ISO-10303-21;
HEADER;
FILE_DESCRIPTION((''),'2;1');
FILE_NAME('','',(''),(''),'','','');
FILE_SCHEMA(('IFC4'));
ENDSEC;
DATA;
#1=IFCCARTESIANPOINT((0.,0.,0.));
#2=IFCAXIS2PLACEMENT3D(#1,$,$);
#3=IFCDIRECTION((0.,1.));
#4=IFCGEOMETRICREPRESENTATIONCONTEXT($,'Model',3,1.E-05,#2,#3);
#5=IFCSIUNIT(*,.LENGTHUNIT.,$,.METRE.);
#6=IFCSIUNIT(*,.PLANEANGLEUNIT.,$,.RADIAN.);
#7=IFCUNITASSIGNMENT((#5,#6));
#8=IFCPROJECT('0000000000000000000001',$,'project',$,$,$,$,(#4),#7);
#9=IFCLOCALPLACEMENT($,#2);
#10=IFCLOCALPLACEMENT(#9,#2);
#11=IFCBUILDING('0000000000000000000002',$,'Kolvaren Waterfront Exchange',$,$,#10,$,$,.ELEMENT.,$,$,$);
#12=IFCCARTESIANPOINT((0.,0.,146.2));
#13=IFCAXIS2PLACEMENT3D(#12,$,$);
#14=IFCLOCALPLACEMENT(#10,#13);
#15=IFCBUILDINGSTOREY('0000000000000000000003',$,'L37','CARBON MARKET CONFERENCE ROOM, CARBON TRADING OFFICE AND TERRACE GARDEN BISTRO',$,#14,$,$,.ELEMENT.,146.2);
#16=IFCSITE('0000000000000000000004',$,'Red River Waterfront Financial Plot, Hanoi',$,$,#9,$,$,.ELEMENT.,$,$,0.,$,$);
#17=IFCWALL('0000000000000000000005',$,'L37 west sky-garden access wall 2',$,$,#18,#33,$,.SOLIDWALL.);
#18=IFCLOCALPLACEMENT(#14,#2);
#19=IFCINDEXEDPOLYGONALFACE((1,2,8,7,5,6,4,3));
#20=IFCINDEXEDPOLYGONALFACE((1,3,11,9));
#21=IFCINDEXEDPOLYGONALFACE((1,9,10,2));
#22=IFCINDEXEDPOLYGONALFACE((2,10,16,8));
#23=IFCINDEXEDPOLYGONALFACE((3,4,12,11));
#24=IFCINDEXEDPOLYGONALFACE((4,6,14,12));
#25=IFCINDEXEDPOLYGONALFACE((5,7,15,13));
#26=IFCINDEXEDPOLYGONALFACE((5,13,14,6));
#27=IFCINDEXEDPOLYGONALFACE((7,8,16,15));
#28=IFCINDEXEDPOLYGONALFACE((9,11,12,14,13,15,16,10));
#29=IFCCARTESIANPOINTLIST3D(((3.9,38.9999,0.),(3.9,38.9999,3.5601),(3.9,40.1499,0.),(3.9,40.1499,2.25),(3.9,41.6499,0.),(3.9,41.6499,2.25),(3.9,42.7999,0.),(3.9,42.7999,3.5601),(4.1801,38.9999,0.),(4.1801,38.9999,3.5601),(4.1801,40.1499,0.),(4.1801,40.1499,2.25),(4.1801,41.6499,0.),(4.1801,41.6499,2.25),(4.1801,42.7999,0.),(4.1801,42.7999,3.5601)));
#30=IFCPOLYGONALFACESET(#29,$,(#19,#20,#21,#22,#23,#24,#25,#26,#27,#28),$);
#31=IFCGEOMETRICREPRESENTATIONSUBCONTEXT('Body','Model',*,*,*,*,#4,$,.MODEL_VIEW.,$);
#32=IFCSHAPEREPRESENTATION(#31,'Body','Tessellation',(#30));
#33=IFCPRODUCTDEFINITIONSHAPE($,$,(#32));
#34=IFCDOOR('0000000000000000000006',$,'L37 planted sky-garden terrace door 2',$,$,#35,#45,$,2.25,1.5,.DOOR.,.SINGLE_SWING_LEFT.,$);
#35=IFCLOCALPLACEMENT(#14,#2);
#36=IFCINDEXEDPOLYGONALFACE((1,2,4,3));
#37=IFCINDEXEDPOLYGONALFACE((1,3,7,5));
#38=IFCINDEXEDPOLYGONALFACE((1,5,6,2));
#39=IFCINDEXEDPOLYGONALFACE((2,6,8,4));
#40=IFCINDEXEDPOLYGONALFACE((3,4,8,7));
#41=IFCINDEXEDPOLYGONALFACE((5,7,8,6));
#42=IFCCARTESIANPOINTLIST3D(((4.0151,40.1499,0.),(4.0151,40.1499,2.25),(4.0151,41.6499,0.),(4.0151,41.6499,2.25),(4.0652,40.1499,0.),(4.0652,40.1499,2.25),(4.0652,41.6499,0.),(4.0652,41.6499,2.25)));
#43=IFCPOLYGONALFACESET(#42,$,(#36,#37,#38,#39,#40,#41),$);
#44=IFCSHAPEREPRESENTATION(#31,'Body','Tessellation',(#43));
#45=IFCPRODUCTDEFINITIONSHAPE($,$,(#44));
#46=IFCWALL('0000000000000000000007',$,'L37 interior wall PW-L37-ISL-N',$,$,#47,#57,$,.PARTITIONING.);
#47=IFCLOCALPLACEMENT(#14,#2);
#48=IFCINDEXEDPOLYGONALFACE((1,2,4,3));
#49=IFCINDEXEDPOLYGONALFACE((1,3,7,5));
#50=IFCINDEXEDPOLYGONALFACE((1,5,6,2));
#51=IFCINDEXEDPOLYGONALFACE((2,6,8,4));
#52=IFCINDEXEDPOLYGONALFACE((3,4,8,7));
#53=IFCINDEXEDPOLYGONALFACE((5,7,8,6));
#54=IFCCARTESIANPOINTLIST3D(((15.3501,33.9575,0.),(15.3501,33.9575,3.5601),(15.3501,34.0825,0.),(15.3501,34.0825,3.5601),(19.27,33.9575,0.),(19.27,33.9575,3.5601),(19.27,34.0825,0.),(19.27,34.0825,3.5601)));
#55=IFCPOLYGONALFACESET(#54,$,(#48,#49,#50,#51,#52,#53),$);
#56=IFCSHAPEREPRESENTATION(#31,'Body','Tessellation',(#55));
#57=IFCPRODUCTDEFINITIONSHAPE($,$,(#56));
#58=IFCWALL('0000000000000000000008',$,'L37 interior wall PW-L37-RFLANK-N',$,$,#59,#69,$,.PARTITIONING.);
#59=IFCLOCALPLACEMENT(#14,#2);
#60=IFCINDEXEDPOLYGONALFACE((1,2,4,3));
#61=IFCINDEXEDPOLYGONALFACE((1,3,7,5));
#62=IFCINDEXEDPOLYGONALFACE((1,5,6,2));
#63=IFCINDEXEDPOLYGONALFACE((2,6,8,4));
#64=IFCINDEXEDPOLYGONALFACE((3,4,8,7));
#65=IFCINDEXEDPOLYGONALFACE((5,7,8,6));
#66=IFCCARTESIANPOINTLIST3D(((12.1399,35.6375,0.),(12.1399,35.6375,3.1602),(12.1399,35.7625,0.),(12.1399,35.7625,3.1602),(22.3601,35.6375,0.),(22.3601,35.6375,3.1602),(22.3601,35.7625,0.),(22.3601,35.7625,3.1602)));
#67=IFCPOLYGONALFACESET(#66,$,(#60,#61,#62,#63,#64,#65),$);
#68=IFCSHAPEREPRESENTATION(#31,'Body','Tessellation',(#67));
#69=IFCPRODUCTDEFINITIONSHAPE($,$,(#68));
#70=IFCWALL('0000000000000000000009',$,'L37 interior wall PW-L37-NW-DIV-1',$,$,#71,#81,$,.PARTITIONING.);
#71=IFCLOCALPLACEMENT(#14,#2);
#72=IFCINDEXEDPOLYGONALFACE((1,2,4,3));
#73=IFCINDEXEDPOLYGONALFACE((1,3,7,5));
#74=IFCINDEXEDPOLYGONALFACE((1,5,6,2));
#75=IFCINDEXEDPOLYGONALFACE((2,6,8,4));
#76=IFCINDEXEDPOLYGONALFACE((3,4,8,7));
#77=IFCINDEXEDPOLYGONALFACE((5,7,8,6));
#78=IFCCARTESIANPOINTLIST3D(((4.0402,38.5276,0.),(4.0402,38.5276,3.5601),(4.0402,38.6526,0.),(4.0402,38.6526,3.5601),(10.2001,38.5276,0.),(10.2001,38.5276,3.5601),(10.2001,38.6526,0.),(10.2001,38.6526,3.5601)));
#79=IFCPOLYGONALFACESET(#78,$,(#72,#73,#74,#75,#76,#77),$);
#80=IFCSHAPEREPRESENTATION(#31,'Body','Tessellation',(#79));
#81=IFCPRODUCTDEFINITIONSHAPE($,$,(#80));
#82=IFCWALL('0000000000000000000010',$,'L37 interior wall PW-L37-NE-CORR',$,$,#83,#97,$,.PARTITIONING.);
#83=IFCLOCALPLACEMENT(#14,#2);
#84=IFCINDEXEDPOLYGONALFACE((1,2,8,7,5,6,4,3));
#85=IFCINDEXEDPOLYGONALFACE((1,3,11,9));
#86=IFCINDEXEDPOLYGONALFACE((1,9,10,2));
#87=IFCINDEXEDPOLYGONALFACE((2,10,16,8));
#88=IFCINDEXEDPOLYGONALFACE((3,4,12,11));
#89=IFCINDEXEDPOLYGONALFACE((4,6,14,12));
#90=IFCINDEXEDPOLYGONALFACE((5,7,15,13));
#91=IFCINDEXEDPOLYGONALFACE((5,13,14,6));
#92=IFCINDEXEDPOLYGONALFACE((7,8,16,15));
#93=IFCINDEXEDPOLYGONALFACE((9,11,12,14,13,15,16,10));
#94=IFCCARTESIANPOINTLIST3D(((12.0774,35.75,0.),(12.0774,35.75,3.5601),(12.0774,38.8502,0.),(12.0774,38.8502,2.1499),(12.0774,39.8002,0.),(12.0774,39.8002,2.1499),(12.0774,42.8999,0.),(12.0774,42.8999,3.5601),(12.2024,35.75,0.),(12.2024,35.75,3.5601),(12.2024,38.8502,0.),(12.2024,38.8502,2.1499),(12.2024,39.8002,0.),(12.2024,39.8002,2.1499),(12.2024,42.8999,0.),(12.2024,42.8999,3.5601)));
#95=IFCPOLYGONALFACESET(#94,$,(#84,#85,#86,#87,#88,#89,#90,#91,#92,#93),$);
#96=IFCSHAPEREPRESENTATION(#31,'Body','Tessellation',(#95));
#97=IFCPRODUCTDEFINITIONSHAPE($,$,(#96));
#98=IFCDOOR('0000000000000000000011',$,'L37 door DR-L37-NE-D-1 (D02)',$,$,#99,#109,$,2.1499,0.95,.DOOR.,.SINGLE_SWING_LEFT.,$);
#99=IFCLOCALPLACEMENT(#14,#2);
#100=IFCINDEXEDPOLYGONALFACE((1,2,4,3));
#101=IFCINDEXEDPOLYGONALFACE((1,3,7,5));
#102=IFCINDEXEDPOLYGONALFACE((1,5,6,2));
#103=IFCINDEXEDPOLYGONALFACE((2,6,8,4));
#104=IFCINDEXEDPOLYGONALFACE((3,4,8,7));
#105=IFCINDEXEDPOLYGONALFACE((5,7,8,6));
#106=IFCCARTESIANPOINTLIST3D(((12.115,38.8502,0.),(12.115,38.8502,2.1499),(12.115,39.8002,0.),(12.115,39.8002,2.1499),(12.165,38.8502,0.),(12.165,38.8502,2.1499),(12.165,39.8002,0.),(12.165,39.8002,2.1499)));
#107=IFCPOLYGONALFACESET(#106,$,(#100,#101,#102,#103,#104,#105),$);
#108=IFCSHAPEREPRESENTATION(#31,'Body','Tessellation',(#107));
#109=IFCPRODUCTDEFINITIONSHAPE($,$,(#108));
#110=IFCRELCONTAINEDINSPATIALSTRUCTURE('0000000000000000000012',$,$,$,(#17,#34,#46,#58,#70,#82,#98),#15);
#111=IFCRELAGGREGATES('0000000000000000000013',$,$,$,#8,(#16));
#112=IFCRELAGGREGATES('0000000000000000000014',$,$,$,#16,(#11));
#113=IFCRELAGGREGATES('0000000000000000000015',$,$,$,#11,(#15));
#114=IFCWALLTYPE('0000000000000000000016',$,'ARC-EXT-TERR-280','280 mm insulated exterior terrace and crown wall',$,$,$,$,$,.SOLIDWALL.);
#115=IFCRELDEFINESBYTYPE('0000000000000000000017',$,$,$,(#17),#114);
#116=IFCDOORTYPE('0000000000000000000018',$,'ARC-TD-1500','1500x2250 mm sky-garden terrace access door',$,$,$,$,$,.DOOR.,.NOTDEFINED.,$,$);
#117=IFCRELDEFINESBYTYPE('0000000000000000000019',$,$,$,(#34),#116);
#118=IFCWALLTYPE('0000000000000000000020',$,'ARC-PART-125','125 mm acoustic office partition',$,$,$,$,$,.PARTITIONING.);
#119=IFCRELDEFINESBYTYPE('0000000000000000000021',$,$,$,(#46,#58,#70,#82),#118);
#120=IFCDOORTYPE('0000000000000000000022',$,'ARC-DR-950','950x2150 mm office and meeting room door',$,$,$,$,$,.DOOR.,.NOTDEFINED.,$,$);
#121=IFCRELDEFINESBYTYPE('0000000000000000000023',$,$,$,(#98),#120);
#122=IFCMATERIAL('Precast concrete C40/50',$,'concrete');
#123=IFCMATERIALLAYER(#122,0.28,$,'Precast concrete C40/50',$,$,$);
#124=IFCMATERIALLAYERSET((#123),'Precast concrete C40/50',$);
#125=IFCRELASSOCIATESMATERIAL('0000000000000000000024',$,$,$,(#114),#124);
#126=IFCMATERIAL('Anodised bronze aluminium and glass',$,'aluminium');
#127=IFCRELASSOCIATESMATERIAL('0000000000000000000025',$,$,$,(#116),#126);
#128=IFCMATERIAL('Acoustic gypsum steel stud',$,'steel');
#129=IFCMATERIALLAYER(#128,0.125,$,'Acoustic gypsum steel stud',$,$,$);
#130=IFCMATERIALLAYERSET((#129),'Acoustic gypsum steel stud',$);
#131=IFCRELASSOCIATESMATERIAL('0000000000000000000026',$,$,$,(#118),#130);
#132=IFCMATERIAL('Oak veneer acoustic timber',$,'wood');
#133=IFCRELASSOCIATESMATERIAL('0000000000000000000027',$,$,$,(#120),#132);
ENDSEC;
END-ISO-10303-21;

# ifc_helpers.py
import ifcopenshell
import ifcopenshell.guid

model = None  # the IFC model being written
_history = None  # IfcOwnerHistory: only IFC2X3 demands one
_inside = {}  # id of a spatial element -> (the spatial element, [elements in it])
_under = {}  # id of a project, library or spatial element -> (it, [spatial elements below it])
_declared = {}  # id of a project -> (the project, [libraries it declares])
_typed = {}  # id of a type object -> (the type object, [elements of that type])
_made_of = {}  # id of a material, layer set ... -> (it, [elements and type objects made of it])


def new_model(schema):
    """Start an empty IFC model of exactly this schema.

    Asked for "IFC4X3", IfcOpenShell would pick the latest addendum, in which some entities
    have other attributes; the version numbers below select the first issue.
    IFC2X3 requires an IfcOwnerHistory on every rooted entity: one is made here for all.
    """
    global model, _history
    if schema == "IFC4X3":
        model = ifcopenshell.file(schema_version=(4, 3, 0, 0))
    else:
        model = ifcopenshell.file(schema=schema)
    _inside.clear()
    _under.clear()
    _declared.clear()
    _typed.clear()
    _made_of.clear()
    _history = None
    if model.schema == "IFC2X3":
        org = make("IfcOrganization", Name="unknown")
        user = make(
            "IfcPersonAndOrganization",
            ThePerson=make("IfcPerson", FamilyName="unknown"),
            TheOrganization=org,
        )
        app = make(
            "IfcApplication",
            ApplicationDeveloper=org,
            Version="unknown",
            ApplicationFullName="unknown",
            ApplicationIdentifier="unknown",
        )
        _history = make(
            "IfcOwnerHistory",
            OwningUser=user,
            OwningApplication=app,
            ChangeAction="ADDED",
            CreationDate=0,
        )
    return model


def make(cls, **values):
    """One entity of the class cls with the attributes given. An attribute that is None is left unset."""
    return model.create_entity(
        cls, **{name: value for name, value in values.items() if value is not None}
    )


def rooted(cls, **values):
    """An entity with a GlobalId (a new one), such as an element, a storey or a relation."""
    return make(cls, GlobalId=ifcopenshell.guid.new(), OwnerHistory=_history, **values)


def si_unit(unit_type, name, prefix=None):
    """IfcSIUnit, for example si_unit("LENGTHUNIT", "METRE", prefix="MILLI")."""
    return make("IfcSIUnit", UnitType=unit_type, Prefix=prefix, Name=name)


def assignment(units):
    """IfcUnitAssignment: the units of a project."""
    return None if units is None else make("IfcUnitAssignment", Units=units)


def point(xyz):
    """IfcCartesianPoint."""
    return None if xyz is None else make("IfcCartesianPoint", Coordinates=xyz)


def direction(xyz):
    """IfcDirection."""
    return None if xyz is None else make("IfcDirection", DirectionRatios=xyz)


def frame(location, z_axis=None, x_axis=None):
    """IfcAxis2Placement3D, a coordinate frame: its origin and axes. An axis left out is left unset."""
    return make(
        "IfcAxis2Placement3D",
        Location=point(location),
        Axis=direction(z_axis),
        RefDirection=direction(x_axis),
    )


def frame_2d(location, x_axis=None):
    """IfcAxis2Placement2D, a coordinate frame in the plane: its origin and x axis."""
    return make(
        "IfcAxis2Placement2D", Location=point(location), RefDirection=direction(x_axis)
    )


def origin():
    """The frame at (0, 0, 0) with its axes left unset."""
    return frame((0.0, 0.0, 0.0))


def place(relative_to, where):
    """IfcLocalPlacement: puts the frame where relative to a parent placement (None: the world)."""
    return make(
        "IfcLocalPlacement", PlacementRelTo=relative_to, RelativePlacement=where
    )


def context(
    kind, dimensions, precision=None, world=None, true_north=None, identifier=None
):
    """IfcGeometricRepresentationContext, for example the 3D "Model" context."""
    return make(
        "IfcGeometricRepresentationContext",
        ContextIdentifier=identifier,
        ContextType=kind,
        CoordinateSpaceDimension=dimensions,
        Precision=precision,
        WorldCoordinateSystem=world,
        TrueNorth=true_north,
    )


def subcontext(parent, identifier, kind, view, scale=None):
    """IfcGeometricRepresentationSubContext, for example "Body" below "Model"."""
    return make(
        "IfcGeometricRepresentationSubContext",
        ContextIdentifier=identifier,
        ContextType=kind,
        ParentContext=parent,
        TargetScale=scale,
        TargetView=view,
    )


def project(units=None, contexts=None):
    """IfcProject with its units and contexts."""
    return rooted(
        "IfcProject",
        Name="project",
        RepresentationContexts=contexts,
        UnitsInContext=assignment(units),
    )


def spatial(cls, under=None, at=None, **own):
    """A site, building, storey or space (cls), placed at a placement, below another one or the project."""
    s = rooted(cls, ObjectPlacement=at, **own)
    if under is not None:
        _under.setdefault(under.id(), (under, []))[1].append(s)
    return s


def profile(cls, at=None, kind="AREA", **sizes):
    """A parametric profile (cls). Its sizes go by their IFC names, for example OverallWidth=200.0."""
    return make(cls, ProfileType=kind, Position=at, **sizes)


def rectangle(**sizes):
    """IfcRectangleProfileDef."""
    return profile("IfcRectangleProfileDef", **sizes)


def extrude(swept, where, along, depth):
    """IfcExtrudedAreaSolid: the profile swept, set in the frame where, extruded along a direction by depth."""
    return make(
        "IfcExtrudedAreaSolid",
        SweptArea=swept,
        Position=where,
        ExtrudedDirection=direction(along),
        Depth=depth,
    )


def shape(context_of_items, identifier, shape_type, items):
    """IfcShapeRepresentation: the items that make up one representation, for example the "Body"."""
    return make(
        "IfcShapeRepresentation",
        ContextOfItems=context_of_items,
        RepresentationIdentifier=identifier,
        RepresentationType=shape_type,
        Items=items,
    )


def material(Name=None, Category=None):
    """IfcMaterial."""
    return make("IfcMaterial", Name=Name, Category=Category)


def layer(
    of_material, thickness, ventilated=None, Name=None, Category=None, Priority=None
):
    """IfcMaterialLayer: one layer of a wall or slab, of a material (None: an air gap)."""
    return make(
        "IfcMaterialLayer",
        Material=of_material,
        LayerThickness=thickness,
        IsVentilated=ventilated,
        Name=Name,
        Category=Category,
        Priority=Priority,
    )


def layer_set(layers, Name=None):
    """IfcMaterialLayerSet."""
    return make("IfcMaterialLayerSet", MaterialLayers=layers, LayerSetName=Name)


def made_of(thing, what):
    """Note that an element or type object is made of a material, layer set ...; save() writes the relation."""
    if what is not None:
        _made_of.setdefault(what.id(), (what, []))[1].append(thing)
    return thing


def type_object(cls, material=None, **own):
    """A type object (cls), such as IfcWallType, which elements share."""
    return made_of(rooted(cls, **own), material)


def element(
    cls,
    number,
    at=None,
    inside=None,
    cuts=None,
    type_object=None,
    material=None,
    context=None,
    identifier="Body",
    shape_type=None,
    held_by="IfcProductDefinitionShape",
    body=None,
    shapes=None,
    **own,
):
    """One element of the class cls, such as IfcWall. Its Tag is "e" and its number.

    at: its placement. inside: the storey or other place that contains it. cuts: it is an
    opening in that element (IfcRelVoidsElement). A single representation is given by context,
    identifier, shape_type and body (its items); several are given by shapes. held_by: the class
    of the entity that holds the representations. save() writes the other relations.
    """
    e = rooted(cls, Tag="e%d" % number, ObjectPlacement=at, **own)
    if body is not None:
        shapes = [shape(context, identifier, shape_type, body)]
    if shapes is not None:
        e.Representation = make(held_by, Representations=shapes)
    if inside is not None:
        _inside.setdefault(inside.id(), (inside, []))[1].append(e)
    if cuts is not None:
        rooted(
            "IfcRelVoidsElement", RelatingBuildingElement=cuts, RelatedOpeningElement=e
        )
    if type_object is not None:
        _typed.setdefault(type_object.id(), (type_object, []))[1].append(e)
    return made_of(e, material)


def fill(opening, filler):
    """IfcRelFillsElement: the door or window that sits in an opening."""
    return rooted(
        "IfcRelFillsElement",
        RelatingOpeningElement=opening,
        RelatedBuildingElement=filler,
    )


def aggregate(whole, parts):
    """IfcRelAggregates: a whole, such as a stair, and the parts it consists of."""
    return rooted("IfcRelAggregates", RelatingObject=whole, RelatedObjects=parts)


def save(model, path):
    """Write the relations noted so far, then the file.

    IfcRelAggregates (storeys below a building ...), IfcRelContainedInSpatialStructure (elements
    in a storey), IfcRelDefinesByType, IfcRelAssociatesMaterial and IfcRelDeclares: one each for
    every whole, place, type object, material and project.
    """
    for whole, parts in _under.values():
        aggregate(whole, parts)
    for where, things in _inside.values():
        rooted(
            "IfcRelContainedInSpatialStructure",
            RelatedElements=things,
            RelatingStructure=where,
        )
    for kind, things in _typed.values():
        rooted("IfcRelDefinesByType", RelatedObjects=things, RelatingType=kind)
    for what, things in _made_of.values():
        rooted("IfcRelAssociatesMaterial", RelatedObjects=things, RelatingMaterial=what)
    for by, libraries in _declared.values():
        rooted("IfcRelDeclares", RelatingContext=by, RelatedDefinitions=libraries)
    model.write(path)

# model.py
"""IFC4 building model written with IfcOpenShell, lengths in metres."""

from ifc_helpers import new_model, si_unit, direction, frame, frame_2d, origin, place, context, subcontext, project, spatial, rectangle, extrude, material, layer, layer_set, type_object, element, fill, save


model = new_model("IFC4")

# Units and contexts
model_context = context("Model", 3, precision=1e-05, world=origin(), true_north=direction((0.0, 1.0)))
body_context = subcontext(model_context, "Body", "Model", "MODEL_VIEW")
ifc_project = project(units=[si_unit("LENGTHUNIT", "METRE"), si_unit("PLANEANGLEUNIT", "RADIAN")], contexts=[model_context])

# Site, building, storey
site_placement = place(None, origin())
site = spatial("IfcSite", under=ifc_project, at=site_placement, Name="Red River Waterfront Financial Plot, Hanoi", CompositionType="ELEMENT", RefElevation=0.0)
building_placement = place(site_placement, origin())
building = spatial("IfcBuilding", under=site, at=building_placement, Name="Kolvaren Waterfront Exchange", CompositionType="ELEMENT")
storey_placement = place(building_placement, frame((0.0, 0.0, 146.2)))
storey = spatial("IfcBuildingStorey", under=building, at=storey_placement, Name="L37", Description="CARBON MARKET CONFERENCE ROOM, CARBON TRADING OFFICE AND TERRACE GARDEN BISTRO", CompositionType="ELEMENT", Elevation=146.2)

# Wall, opening, door
ifc_material_1 = material(Name="Precast concrete C40/50", Category="concrete")
ifc_layer_1 = layer(ifc_material_1, 0.28, Name="Precast concrete C40/50")
ifc_layer_set_1 = layer_set([ifc_layer_1], Name="Precast concrete C40/50")
wall_type_1 = type_object("IfcWallType", Name="ARC-EXT-TERR-280", Description="280 mm insulated exterior terrace and crown wall", PredefinedType="SOLIDWALL", material=ifc_layer_set_1)
wall_1_placement = place(storey_placement, frame((4.04, 39.0, 0.0), z_axis=(0.0, 0.0, 1.0), x_axis=(0.0, 1.0, 0.0)))
wall_1 = element("IfcWall", 1, at=wall_1_placement, inside=storey, type_object=wall_type_1, Name="L37 west sky-garden access wall 2", PredefinedType="SOLIDWALL", context=body_context, shape_type="SweptSolid", body=[
    extrude(rectangle(XDim=3.8, YDim=0.28, at=frame_2d((1.8999, 0.0))), origin(), (0.0, 0.0, 1.0), 3.5601),
])
opening_1_placement = place(wall_1_placement, frame((1.1499, 0.0, 0.0)))
opening_1 = element("IfcOpeningElement", 2, at=opening_1_placement, cuts=wall_1, PredefinedType="OPENING", context=body_context, shape_type="SweptSolid", body=[
    extrude(rectangle(XDim=1.5, YDim=2.25, at=frame_2d((0.75, 1.125))), frame((0.0, 0.1499, 0.0), z_axis=(0.0, -1.0, 0.0), x_axis=(1.0, 0.0, 0.0)), (0.0, 0.0, 1.0), 0.3),
])
ifc_material_2 = material(Name="Anodised bronze aluminium and glass", Category="aluminium")
door_type_1 = type_object("IfcDoorType", Name="ARC-TD-1500", Description="1500x2250 mm sky-garden terrace access door", OperationType="NOTDEFINED", PredefinedType="DOOR", material=ifc_material_2)
door_1_placement = place(opening_1_placement, origin())
door_1 = element("IfcDoor", 3, at=door_1_placement, inside=storey, type_object=door_type_1, Name="L37 planted sky-garden terrace door 2", OperationType="SINGLE_SWING_LEFT", OverallHeight=2.25, OverallWidth=1.5, PredefinedType="DOOR", context=body_context, shape_type="SweptSolid", body=[
    extrude(rectangle(XDim=1.5, YDim=2.25, at=frame_2d((0.75, 1.125))), frame((0.0, 0.0249, 0.0), z_axis=(0.0, -1.0, 0.0), x_axis=(1.0, 0.0, 0.0)), (0.0, 0.0, 1.0), 0.05),
])
fill(opening_1, door_1)

# Walls
ifc_material_3 = material(Name="Acoustic gypsum steel stud", Category="steel")
ifc_layer_2 = layer(ifc_material_3, 0.125, Name="Acoustic gypsum steel stud")
ifc_layer_set_2 = layer_set([ifc_layer_2], Name="Acoustic gypsum steel stud")
wall_type_2 = type_object("IfcWallType", Name="ARC-PART-125", Description="125 mm acoustic office partition", PredefinedType="PARTITIONING", material=ifc_layer_set_2)
wall_2_placement = place(storey_placement, frame((15.3501, 34.02, 0.0), z_axis=(0.0, 0.0, 1.0), x_axis=(1.0, 0.0, 0.0)))
element("IfcWall", 4, at=wall_2_placement, inside=storey, type_object=wall_type_2, Name="L37 interior wall PW-L37-ISL-N", PredefinedType="PARTITIONING", context=body_context, shape_type="SweptSolid", body=[
    extrude(rectangle(XDim=3.9199, YDim=0.125, at=frame_2d((1.96, 0.0))), origin(), (0.0, 0.0, 1.0), 3.5601),
])
wall_3_placement = place(storey_placement, frame((12.1399, 35.7, 0.0), z_axis=(0.0, 0.0, 1.0), x_axis=(1.0, 0.0, 0.0)))
element("IfcWall", 5, at=wall_3_placement, inside=storey, type_object=wall_type_2, Name="L37 interior wall PW-L37-RFLANK-N", PredefinedType="PARTITIONING", context=body_context, shape_type="SweptSolid", body=[
    extrude(rectangle(XDim=10.2202, YDim=0.125, at=frame_2d((5.1101, 0.0))), origin(), (0.0, 0.0, 1.0), 3.1602),
])
wall_4_placement = place(storey_placement, frame((4.04, 38.5901, 0.0), z_axis=(0.0, 0.0, 1.0), x_axis=(1.0, 0.0, 0.0)))
element("IfcWall", 6, at=wall_4_placement, inside=storey, type_object=wall_type_2, Name="L37 interior wall PW-L37-NW-DIV-1", PredefinedType="PARTITIONING", context=body_context, shape_type="SweptSolid", body=[
    extrude(rectangle(XDim=6.1599, YDim=0.125, at=frame_2d((3.0801, 0.0))), origin(), (0.0, 0.0, 1.0), 3.5601),
])

# Wall, opening, door
wall_5_placement = place(storey_placement, frame((12.1399, 35.75, 0.0), z_axis=(0.0, 0.0, 1.0), x_axis=(0.0, 1.0, 0.0)))
wall_5 = element("IfcWall", 7, at=wall_5_placement, inside=storey, type_object=wall_type_2, Name="L37 interior wall PW-L37-NE-CORR", PredefinedType="PARTITIONING", context=body_context, shape_type="SweptSolid", body=[
    extrude(rectangle(XDim=7.1499, YDim=0.125, at=frame_2d((3.575, 0.0))), origin(), (0.0, 0.0, 1.0), 3.5601),
])
opening_2_placement = place(wall_5_placement, frame((3.1001, 0.0, 0.0)))
opening_2 = element("IfcOpeningElement", 8, at=opening_2_placement, cuts=wall_5, PredefinedType="OPENING", context=body_context, shape_type="SweptSolid", body=[
    extrude(rectangle(XDim=0.95, YDim=2.1499, at=frame_2d((0.4751, 1.075))), frame((0.0, 0.0725, 0.0), z_axis=(0.0, -1.0, 0.0), x_axis=(1.0, 0.0, 0.0)), (0.0, 0.0, 1.0), 0.145),
])
ifc_material_4 = material(Name="Oak veneer acoustic timber", Category="wood")
door_type_2 = type_object("IfcDoorType", Name="ARC-DR-950", Description="950x2150 mm office and meeting room door", OperationType="NOTDEFINED", PredefinedType="DOOR", material=ifc_material_4)
door_2_placement = place(opening_2_placement, origin())
door_2 = element("IfcDoor", 9, at=door_2_placement, inside=storey, type_object=door_type_2, Name="L37 door DR-L37-NE-D-1 (D02)", OperationType="SINGLE_SWING_LEFT", OverallHeight=2.1499, OverallWidth=0.95, PredefinedType="DOOR", context=body_context, shape_type="SweptSolid", body=[
    extrude(rectangle(XDim=0.95, YDim=2.1499, at=frame_2d((0.4751, 1.075))), frame((0.0, 0.0249, 0.0), z_axis=(0.0, -1.0, 0.0), x_axis=(1.0, 0.0, 0.0)), (0.0, 0.0, 1.0), 0.05),
])
fill(opening_2, door_2)

save(model, "model.ifc")
